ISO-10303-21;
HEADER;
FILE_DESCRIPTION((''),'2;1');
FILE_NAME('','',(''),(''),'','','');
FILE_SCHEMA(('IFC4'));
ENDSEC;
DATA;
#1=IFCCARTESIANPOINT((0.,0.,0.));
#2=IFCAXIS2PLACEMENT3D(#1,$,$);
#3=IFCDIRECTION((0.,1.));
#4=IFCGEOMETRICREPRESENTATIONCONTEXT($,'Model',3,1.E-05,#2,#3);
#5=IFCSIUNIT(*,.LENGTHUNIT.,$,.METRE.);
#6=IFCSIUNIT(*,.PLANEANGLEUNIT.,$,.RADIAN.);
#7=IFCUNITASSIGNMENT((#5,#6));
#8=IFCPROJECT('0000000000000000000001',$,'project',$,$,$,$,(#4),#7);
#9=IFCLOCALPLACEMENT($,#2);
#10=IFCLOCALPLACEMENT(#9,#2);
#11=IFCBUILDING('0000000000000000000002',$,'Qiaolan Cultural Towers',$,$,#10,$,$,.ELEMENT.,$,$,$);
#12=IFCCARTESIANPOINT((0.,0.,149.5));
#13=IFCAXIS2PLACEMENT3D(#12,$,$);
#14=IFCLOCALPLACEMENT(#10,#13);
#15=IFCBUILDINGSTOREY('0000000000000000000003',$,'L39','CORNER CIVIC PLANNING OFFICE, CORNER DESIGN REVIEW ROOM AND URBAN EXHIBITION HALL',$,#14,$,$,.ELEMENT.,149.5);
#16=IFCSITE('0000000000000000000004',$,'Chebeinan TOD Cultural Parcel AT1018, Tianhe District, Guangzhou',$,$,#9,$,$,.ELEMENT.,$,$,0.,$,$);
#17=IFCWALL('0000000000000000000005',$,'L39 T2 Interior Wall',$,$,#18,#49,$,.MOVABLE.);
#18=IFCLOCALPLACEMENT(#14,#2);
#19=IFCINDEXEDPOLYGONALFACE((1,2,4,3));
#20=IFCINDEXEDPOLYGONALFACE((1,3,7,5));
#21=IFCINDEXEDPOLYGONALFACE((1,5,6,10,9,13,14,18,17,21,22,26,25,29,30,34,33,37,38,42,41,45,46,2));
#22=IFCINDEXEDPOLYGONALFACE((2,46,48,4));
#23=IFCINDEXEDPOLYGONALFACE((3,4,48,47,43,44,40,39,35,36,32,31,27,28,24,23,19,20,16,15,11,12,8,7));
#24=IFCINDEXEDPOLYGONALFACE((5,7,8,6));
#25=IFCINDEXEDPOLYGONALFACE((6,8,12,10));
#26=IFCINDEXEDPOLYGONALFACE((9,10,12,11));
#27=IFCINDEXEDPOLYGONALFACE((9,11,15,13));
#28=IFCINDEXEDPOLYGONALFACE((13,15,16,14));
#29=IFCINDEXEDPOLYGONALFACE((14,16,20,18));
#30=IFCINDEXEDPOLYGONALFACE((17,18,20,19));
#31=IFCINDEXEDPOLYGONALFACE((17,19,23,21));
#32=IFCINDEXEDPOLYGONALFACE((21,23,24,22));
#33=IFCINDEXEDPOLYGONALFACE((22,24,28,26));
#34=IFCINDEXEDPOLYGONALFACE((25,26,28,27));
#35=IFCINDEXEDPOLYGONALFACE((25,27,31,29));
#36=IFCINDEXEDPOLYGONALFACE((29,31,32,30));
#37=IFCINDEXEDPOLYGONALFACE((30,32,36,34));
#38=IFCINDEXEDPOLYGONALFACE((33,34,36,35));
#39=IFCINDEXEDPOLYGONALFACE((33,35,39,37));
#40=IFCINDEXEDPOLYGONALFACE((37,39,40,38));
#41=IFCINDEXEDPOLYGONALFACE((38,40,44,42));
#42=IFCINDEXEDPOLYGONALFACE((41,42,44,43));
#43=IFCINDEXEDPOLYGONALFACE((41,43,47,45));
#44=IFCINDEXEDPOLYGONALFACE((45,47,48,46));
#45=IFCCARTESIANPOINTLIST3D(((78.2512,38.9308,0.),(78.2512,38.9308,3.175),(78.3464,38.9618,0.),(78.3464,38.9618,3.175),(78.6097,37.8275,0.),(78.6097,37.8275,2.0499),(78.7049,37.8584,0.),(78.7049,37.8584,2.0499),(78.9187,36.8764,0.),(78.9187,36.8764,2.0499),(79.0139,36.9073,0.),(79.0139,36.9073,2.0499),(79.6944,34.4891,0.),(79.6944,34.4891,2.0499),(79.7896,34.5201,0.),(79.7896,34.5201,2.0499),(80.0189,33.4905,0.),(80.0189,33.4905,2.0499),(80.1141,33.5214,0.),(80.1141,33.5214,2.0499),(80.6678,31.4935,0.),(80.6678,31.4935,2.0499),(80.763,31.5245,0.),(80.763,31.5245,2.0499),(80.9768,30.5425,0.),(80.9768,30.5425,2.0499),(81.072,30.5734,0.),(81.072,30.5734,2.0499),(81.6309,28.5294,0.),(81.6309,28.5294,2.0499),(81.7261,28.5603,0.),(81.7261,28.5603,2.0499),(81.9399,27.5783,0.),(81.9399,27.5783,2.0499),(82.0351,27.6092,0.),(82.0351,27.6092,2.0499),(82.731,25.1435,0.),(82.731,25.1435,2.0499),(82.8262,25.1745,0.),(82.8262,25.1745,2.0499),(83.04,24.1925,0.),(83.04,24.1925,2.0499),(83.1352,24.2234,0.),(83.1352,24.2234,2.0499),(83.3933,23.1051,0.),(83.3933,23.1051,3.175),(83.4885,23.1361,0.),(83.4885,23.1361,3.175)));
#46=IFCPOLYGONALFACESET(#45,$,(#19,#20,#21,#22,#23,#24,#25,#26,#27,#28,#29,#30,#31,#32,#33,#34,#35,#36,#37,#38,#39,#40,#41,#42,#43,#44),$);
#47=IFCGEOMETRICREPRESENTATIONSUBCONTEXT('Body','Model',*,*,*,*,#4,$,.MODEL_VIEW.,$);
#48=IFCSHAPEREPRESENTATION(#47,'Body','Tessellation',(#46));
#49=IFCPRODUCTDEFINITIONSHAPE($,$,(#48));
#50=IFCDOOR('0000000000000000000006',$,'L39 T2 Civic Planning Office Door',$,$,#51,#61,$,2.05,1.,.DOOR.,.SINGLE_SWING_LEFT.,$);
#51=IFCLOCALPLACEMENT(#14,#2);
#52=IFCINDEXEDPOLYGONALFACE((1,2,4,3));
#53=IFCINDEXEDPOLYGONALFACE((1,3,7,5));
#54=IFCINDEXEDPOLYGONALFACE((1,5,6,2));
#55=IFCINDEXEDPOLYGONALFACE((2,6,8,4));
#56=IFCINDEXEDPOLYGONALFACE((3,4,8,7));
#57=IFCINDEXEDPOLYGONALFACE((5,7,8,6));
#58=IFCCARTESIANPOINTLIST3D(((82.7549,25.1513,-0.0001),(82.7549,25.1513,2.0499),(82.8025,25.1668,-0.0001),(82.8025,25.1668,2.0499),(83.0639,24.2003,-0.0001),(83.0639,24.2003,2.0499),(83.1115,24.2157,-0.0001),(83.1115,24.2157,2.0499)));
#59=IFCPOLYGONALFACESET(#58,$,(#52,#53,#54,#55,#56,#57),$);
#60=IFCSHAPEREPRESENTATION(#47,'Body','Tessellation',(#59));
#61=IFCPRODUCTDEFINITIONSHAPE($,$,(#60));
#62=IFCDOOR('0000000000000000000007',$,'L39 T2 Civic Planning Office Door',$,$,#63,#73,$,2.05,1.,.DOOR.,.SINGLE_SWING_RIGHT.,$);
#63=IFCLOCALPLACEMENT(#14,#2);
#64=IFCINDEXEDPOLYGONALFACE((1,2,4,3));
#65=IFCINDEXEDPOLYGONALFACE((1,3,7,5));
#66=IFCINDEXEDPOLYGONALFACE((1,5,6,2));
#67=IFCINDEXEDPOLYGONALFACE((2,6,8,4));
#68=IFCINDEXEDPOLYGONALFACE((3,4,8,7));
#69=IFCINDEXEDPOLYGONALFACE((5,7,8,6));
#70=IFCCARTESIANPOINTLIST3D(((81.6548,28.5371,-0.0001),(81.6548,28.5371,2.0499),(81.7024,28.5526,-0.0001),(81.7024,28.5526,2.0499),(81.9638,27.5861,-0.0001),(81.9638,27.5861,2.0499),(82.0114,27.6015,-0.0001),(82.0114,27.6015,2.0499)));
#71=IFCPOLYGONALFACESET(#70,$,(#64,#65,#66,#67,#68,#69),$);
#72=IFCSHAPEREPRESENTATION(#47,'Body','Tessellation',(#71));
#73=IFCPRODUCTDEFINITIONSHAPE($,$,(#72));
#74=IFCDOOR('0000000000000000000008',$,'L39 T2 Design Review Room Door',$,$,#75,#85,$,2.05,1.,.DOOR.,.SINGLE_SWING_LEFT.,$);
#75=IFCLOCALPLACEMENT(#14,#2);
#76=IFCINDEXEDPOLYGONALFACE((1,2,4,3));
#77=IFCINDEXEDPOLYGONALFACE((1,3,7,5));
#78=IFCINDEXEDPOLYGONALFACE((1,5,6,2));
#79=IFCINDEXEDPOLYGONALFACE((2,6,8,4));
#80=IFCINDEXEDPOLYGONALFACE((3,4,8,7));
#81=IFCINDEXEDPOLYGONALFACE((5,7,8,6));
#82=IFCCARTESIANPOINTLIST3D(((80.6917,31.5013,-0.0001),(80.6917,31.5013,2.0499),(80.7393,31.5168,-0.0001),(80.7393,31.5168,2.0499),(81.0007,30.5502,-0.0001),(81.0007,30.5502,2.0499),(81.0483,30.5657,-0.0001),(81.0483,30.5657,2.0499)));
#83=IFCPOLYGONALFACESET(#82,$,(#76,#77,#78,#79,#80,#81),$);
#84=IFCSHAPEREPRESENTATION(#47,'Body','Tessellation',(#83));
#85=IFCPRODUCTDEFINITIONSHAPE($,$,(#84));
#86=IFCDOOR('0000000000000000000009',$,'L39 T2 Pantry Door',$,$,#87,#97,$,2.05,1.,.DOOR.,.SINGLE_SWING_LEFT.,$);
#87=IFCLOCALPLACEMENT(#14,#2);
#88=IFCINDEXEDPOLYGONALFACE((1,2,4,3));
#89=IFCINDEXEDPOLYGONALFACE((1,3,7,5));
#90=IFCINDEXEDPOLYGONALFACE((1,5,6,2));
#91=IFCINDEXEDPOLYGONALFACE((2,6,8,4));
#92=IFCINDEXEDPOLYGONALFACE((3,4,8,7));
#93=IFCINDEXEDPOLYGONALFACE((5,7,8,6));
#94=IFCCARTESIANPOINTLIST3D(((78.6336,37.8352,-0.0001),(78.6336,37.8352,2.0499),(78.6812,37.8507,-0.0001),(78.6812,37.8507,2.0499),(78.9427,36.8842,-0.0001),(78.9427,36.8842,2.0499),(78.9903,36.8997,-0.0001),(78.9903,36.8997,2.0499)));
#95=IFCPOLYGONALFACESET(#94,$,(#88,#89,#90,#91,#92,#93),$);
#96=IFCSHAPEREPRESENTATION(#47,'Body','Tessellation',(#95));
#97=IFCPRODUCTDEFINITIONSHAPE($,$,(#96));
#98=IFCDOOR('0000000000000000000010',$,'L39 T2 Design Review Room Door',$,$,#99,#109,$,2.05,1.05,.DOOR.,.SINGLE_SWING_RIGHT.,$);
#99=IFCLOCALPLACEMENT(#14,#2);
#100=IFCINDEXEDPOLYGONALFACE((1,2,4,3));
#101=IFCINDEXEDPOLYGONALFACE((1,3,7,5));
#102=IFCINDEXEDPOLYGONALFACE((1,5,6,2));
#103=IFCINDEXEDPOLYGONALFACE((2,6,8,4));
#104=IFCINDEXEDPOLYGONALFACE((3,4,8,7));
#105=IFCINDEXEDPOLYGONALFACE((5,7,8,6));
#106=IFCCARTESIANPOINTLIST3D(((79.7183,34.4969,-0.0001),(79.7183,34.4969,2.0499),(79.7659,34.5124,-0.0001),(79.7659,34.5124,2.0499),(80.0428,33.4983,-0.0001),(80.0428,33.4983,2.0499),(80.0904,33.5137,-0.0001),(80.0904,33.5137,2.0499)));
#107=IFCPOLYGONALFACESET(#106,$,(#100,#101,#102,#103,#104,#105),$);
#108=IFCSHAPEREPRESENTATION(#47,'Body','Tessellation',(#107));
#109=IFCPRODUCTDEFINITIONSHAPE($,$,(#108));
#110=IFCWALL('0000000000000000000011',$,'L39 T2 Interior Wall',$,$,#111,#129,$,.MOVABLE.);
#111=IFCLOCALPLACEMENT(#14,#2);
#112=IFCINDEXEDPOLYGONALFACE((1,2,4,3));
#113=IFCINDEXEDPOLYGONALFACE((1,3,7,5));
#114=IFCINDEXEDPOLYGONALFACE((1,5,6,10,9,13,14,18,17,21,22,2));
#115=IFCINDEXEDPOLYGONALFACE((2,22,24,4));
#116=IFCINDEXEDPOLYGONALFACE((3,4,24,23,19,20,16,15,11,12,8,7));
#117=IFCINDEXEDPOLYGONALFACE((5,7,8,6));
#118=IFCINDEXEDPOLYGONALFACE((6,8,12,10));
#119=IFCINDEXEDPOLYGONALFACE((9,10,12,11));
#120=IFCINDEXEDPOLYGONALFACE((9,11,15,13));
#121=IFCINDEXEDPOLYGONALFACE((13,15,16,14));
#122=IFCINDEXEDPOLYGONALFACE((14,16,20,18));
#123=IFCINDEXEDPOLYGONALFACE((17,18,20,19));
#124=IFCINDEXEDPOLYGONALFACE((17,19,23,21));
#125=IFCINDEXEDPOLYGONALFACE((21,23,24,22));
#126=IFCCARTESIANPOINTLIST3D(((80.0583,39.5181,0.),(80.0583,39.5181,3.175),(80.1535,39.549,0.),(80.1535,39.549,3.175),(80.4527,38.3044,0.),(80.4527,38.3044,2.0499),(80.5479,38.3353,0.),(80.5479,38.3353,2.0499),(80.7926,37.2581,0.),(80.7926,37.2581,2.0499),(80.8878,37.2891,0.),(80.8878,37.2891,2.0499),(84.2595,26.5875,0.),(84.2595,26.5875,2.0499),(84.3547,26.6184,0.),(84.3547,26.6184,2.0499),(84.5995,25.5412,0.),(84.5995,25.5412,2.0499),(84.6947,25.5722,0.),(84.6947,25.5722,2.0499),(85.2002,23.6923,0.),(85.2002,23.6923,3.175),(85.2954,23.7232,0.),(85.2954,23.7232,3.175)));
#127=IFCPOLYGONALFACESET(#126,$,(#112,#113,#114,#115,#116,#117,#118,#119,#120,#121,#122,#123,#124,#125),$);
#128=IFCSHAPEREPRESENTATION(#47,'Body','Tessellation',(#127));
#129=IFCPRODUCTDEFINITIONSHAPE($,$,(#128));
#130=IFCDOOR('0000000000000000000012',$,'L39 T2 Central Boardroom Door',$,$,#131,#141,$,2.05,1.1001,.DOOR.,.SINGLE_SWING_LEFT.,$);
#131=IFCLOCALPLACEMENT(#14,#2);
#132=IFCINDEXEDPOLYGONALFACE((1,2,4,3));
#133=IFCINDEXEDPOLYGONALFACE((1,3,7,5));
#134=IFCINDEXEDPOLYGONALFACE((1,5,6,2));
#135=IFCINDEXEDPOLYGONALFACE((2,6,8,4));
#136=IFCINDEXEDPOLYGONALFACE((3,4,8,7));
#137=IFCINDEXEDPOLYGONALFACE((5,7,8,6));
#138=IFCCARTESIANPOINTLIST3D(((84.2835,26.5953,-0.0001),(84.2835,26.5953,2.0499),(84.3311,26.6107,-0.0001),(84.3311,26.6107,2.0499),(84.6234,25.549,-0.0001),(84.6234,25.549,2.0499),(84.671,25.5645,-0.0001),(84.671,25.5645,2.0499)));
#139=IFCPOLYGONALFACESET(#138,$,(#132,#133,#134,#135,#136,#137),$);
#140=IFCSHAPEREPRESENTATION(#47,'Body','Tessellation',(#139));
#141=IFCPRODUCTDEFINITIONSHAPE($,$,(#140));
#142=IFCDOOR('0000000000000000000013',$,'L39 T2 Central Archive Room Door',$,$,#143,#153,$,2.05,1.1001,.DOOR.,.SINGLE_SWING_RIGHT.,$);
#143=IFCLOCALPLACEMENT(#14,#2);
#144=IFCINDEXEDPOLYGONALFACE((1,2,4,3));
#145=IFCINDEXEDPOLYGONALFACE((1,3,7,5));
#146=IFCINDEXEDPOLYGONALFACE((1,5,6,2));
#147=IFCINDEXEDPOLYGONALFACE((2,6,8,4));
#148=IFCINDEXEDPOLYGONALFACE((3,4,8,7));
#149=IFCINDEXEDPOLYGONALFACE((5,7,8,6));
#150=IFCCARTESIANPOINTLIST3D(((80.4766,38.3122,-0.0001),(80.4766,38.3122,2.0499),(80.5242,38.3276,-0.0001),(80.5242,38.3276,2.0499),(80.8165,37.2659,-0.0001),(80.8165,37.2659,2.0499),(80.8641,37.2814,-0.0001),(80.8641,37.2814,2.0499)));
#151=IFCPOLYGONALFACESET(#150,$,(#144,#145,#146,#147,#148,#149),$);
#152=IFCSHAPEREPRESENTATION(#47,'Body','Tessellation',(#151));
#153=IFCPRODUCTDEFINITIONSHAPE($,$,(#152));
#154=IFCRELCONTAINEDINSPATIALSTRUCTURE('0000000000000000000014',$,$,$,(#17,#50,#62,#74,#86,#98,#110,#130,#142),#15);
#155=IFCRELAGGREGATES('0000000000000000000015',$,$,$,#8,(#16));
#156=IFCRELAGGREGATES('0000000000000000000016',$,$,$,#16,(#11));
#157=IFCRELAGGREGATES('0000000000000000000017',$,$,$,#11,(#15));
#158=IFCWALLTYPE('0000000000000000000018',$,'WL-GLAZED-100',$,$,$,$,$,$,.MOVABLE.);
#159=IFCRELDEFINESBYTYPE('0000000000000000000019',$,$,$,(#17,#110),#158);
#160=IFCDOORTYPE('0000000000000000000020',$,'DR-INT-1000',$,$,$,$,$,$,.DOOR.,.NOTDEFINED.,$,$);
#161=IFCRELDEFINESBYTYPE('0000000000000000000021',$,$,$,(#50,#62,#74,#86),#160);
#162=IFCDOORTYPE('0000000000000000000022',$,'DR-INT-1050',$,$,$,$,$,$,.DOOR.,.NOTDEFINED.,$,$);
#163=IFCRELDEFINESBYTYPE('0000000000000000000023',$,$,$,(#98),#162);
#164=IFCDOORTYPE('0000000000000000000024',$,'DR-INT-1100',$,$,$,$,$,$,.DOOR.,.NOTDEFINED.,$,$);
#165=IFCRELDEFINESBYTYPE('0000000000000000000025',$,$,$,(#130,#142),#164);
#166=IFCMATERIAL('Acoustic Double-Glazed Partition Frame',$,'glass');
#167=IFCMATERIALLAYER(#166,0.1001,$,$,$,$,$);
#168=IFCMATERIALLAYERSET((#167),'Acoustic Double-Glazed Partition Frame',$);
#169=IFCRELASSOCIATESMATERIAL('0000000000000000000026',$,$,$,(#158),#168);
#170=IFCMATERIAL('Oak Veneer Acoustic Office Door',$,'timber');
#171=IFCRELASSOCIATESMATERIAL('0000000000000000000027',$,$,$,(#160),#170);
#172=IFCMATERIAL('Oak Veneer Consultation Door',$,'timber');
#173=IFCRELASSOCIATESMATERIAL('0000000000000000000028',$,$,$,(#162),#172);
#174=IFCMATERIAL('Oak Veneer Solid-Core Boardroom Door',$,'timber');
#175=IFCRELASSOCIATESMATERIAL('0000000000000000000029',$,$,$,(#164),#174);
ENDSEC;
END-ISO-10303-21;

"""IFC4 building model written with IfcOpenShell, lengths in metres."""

from ifc_helpers import new_model, si_unit, direction, frame, frame_2d, origin, place, context, subcontext, project, spatial, rectangle, extrude, material, layer, layer_set, type_object, element, fill, save


model = new_model("IFC4")

# Units and contexts
model_context = context("Model", 3, precision=1e-05, world=origin(), true_north=direction((0.0, 1.0)))
body_context = subcontext(model_context, "Body", "Model", "MODEL_VIEW")
ifc_project = project(units=[si_unit("LENGTHUNIT", "METRE"), si_unit("PLANEANGLEUNIT", "RADIAN")], contexts=[model_context])

# Site, building, storey
site_placement = place(None, origin())
site = spatial("IfcSite", under=ifc_project, at=site_placement, Name="Chebeinan TOD Cultural Parcel AT1018, Tianhe District, Guangzhou", CompositionType="ELEMENT", RefElevation=0.0)
building_placement = place(site_placement, origin())
building = spatial("IfcBuilding", under=site, at=building_placement, Name="Qiaolan Cultural Towers", CompositionType="ELEMENT")
storey_placement = place(building_placement, frame((0.0, 0.0, 149.5)))
storey = spatial("IfcBuildingStorey", under=building, at=storey_placement, Name="L39", Description="CORNER CIVIC PLANNING OFFICE, CORNER DESIGN REVIEW ROOM AND URBAN EXHIBITION HALL", CompositionType="ELEMENT", Elevation=149.5)

# Shared definitions
ifc_material_1 = material(Name="Acoustic Double-Glazed Partition Frame", Category="glass")
ifc_layer_1 = layer(ifc_material_1, 0.1001)
ifc_layer_set_1 = layer_set([ifc_layer_1], Name="Acoustic Double-Glazed Partition Frame")
wall_type_1 = type_object("IfcWallType", Name="WL-GLAZED-100", PredefinedType="MOVABLE", material=ifc_layer_set_1)

# Walls, openings, doors
wall_1_placement = place(storey_placement, frame((83.4409, 23.1206, 0.0), z_axis=(0.0, 0.0, 1.0), x_axis=(-0.309018, 0.951056, 0.0)))
wall_1 = element("IfcWall", 1, at=wall_1_placement, inside=storey, type_object=wall_type_1, Name="L39 T2 Interior Wall", PredefinedType="MOVABLE", context=body_context, shape_type="SweptSolid", body=[
    extrude(rectangle(XDim=16.6401, YDim=0.1001, at=frame_2d((8.3201, 0.0))), origin(), (0.0, 0.0, 1.0), 3.175),
])
opening_1_placement = place(wall_1_placement, frame((1.1433, 0.0, 0.0)))
opening_1 = element("IfcOpeningElement", 2, at=opening_1_placement, cuts=wall_1, PredefinedType="OPENING", context=body_context, shape_type="SweptSolid", body=[
    extrude(rectangle(XDim=1.0, YDim=2.05, at=frame_2d((0.5, 1.0249))), frame((0.0, 0.0601, 0.0), z_axis=(0.0, -1.0, 0.0), x_axis=(1.0, 0.0, 0.0)), (0.0, 0.0, 1.0), 0.1201),
])
opening_2_placement = place(wall_1_placement, frame((4.7034, 0.0, 0.0)))
opening_2 = element("IfcOpeningElement", 3, at=opening_2_placement, cuts=wall_1, PredefinedType="OPENING", context=body_context, shape_type="SweptSolid", body=[
    extrude(rectangle(XDim=1.0, YDim=2.05, at=frame_2d((0.5, 1.0249))), frame((0.0, 0.0601, 0.0), z_axis=(0.0, -1.0, 0.0), x_axis=(1.0, 0.0, 0.0)), (0.0, 0.0, 1.0), 0.1201),
])
opening_3_placement = place(wall_1_placement, frame((7.8201, 0.0, 0.0)))
opening_3 = element("IfcOpeningElement", 4, at=opening_3_placement, cuts=wall_1, PredefinedType="OPENING", context=body_context, shape_type="SweptSolid", body=[
    extrude(rectangle(XDim=1.0, YDim=2.05, at=frame_2d((0.5, 1.0249))), frame((0.0, 0.0601, 0.0), z_axis=(0.0, -1.0, 0.0), x_axis=(1.0, 0.0, 0.0)), (0.0, 0.0, 1.0), 0.1201),
])
opening_4_placement = place(wall_1_placement, frame((10.9199, 0.0, 0.0)))
opening_4 = element("IfcOpeningElement", 5, at=opening_4_placement, cuts=wall_1, PredefinedType="OPENING", context=body_context, shape_type="SweptSolid", body=[
    extrude(rectangle(XDim=1.05, YDim=2.05, at=frame_2d((0.5249, 1.0249))), frame((0.0, 0.0601, 0.0), z_axis=(0.0, -1.0, 0.0), x_axis=(1.0, 0.0, 0.0)), (0.0, 0.0, 1.0), 0.1201),
])
opening_5_placement = place(wall_1_placement, frame((14.48, 0.0, 0.0)))
opening_5 = element("IfcOpeningElement", 6, at=opening_5_placement, cuts=wall_1, PredefinedType="OPENING", context=body_context, shape_type="SweptSolid", body=[
    extrude(rectangle(XDim=1.0, YDim=2.05, at=frame_2d((0.5, 1.0249))), frame((0.0, 0.0601, 0.0), z_axis=(0.0, -1.0, 0.0), x_axis=(1.0, 0.0, 0.0)), (0.0, 0.0, 1.0), 0.1201),
])
ifc_material_2 = material(Name="Oak Veneer Acoustic Office Door", Category="timber")
door_type_1 = type_object("IfcDoorType", Name="DR-INT-1000", OperationType="NOTDEFINED", PredefinedType="DOOR", material=ifc_material_2)
door_1_placement = place(opening_1_placement, origin())
door_1 = element("IfcDoor", 7, at=door_1_placement, inside=storey, type_object=door_type_1, Name="L39 T2 Civic Planning Office Door", OperationType="SINGLE_SWING_LEFT", OverallHeight=2.05, OverallWidth=1.0, PredefinedType="DOOR", context=body_context, shape_type="SweptSolid", body=[
    extrude(rectangle(XDim=1.0, YDim=2.05, at=frame_2d((0.5, 1.0249))), frame((0.0, 0.0249, 0.0), z_axis=(0.0, -1.0, 0.0), x_axis=(1.0, 0.0, 0.0)), (0.0, 0.0, 1.0), 0.05),
])
fill(opening_1, door_1)
door_2_placement = place(opening_2_placement, origin())
door_2 = element("IfcDoor", 8, at=door_2_placement, inside=storey, type_object=door_type_1, Name="L39 T2 Civic Planning Office Door", OperationType="SINGLE_SWING_RIGHT", OverallHeight=2.05, OverallWidth=1.0, PredefinedType="DOOR", context=body_context, shape_type="SweptSolid", body=[
    extrude(rectangle(XDim=1.0, YDim=2.05, at=frame_2d((0.5, 1.0249))), frame((0.0, 0.0249, 0.0), z_axis=(0.0, -1.0, 0.0), x_axis=(1.0, 0.0, 0.0)), (0.0, 0.0, 1.0), 0.05),
])
fill(opening_2, door_2)
door_3_placement = place(opening_3_placement, origin())
door_3 = element("IfcDoor", 9, at=door_3_placement, inside=storey, type_object=door_type_1, Name="L39 T2 Design Review Room Door", OperationType="SINGLE_SWING_LEFT", OverallHeight=2.05, OverallWidth=1.0, PredefinedType="DOOR", context=body_context, shape_type="SweptSolid", body=[
    extrude(rectangle(XDim=1.0, YDim=2.05, at=frame_2d((0.5, 1.0249))), frame((0.0, 0.0249, 0.0), z_axis=(0.0, -1.0, 0.0), x_axis=(1.0, 0.0, 0.0)), (0.0, 0.0, 1.0), 0.05),
])
fill(opening_3, door_3)
door_4_placement = place(opening_5_placement, origin())
door_4 = element("IfcDoor", 10, at=door_4_placement, inside=storey, type_object=door_type_1, Name="L39 T2 Pantry Door", OperationType="SINGLE_SWING_LEFT", OverallHeight=2.05, OverallWidth=1.0, PredefinedType="DOOR", context=body_context, shape_type="SweptSolid", body=[
    extrude(rectangle(XDim=1.0, YDim=2.05, at=frame_2d((0.5, 1.0249))), frame((0.0, 0.0249, 0.0), z_axis=(0.0, -1.0, 0.0), x_axis=(1.0, 0.0, 0.0)), (0.0, 0.0, 1.0), 0.05),
])
fill(opening_5, door_4)
ifc_material_3 = material(Name="Oak Veneer Consultation Door", Category="timber")
door_type_2 = type_object("IfcDoorType", Name="DR-INT-1050", OperationType="NOTDEFINED", PredefinedType="DOOR", material=ifc_material_3)
door_5_placement = place(opening_4_placement, origin())
door_5 = element("IfcDoor", 11, at=door_5_placement, inside=storey, type_object=door_type_2, Name="L39 T2 Design Review Room Door", OperationType="SINGLE_SWING_RIGHT", OverallHeight=2.05, OverallWidth=1.05, PredefinedType="DOOR", context=body_context, shape_type="SweptSolid", body=[
    extrude(rectangle(XDim=1.05, YDim=2.05, at=frame_2d((0.5249, 1.0249))), frame((0.0, 0.0249, 0.0), z_axis=(0.0, -1.0, 0.0), x_axis=(1.0, 0.0, 0.0)), (0.0, 0.0, 1.0), 0.05),
])
fill(opening_4, door_5)
wall_2_placement = place(storey_placement, frame((85.2478, 23.7078, 0.0), z_axis=(0.0, 0.0, 1.0), x_axis=(-0.309004, 0.951061, 0.0)))
wall_2 = element("IfcWall", 12, at=wall_2_placement, inside=storey, type_object=wall_type_1, Name="L39 T2 Interior Wall", PredefinedType="MOVABLE", context=body_context, shape_type="SweptSolid", body=[
    extrude(rectangle(XDim=16.6401, YDim=0.1001, at=frame_2d((8.3201, 0.0))), origin(), (0.0, 0.0, 1.0), 3.175),
])
opening_6_placement = place(wall_2_placement, frame((1.9441, 0.0, 0.0)))
opening_6 = element("IfcOpeningElement", 13, at=opening_6_placement, cuts=wall_2, PredefinedType="OPENING", context=body_context, shape_type="SweptSolid", body=[
    extrude(rectangle(XDim=1.1001, YDim=2.05, at=frame_2d((0.55, 1.0249))), frame((0.0, 0.0601, 0.0), z_axis=(0.0, -1.0, 0.0), x_axis=(1.0, 0.0, 0.0)), (0.0, 0.0, 1.0), 0.1201),
])
opening_7_placement = place(wall_2_placement, frame((14.2639, 0.0, 0.0)))
opening_7 = element("IfcOpeningElement", 14, at=opening_7_placement, cuts=wall_2, PredefinedType="OPENING", context=body_context, shape_type="SweptSolid", body=[
    extrude(rectangle(XDim=1.1001, YDim=2.05, at=frame_2d((0.55, 1.0249))), frame((0.0, 0.0601, 0.0), z_axis=(0.0, -1.0, 0.0), x_axis=(1.0, 0.0, 0.0)), (0.0, 0.0, 1.0), 0.1201),
])
ifc_material_4 = material(Name="Oak Veneer Solid-Core Boardroom Door", Category="timber")
door_type_3 = type_object("IfcDoorType", Name="DR-INT-1100", OperationType="NOTDEFINED", PredefinedType="DOOR", material=ifc_material_4)
door_6_placement = place(opening_6_placement, origin())
door_6 = element("IfcDoor", 15, at=door_6_placement, inside=storey, type_object=door_type_3, Name="L39 T2 Central Boardroom Door", OperationType="SINGLE_SWING_LEFT", OverallHeight=2.05, OverallWidth=1.1001, PredefinedType="DOOR", context=body_context, shape_type="SweptSolid", body=[
    extrude(rectangle(XDim=1.1001, YDim=2.05, at=frame_2d((0.55, 1.0249))), frame((0.0, 0.0249, 0.0), z_axis=(0.0, -1.0, 0.0), x_axis=(1.0, 0.0, 0.0)), (0.0, 0.0, 1.0), 0.05),
])
fill(opening_6, door_6)
door_7_placement = place(opening_7_placement, origin())
door_7 = element("IfcDoor", 16, at=door_7_placement, inside=storey, type_object=door_type_3, Name="L39 T2 Central Archive Room Door", OperationType="SINGLE_SWING_RIGHT", OverallHeight=2.05, OverallWidth=1.1001, PredefinedType="DOOR", context=body_context, shape_type="SweptSolid", body=[
    extrude(rectangle(XDim=1.1001, YDim=2.05, at=frame_2d((0.55, 1.0249))), frame((0.0, 0.0249, 0.0), z_axis=(0.0, -1.0, 0.0), x_axis=(1.0, 0.0, 0.0)), (0.0, 0.0, 1.0), 0.05),
])
fill(opening_7, door_7)

save(model, "model.ifc")
